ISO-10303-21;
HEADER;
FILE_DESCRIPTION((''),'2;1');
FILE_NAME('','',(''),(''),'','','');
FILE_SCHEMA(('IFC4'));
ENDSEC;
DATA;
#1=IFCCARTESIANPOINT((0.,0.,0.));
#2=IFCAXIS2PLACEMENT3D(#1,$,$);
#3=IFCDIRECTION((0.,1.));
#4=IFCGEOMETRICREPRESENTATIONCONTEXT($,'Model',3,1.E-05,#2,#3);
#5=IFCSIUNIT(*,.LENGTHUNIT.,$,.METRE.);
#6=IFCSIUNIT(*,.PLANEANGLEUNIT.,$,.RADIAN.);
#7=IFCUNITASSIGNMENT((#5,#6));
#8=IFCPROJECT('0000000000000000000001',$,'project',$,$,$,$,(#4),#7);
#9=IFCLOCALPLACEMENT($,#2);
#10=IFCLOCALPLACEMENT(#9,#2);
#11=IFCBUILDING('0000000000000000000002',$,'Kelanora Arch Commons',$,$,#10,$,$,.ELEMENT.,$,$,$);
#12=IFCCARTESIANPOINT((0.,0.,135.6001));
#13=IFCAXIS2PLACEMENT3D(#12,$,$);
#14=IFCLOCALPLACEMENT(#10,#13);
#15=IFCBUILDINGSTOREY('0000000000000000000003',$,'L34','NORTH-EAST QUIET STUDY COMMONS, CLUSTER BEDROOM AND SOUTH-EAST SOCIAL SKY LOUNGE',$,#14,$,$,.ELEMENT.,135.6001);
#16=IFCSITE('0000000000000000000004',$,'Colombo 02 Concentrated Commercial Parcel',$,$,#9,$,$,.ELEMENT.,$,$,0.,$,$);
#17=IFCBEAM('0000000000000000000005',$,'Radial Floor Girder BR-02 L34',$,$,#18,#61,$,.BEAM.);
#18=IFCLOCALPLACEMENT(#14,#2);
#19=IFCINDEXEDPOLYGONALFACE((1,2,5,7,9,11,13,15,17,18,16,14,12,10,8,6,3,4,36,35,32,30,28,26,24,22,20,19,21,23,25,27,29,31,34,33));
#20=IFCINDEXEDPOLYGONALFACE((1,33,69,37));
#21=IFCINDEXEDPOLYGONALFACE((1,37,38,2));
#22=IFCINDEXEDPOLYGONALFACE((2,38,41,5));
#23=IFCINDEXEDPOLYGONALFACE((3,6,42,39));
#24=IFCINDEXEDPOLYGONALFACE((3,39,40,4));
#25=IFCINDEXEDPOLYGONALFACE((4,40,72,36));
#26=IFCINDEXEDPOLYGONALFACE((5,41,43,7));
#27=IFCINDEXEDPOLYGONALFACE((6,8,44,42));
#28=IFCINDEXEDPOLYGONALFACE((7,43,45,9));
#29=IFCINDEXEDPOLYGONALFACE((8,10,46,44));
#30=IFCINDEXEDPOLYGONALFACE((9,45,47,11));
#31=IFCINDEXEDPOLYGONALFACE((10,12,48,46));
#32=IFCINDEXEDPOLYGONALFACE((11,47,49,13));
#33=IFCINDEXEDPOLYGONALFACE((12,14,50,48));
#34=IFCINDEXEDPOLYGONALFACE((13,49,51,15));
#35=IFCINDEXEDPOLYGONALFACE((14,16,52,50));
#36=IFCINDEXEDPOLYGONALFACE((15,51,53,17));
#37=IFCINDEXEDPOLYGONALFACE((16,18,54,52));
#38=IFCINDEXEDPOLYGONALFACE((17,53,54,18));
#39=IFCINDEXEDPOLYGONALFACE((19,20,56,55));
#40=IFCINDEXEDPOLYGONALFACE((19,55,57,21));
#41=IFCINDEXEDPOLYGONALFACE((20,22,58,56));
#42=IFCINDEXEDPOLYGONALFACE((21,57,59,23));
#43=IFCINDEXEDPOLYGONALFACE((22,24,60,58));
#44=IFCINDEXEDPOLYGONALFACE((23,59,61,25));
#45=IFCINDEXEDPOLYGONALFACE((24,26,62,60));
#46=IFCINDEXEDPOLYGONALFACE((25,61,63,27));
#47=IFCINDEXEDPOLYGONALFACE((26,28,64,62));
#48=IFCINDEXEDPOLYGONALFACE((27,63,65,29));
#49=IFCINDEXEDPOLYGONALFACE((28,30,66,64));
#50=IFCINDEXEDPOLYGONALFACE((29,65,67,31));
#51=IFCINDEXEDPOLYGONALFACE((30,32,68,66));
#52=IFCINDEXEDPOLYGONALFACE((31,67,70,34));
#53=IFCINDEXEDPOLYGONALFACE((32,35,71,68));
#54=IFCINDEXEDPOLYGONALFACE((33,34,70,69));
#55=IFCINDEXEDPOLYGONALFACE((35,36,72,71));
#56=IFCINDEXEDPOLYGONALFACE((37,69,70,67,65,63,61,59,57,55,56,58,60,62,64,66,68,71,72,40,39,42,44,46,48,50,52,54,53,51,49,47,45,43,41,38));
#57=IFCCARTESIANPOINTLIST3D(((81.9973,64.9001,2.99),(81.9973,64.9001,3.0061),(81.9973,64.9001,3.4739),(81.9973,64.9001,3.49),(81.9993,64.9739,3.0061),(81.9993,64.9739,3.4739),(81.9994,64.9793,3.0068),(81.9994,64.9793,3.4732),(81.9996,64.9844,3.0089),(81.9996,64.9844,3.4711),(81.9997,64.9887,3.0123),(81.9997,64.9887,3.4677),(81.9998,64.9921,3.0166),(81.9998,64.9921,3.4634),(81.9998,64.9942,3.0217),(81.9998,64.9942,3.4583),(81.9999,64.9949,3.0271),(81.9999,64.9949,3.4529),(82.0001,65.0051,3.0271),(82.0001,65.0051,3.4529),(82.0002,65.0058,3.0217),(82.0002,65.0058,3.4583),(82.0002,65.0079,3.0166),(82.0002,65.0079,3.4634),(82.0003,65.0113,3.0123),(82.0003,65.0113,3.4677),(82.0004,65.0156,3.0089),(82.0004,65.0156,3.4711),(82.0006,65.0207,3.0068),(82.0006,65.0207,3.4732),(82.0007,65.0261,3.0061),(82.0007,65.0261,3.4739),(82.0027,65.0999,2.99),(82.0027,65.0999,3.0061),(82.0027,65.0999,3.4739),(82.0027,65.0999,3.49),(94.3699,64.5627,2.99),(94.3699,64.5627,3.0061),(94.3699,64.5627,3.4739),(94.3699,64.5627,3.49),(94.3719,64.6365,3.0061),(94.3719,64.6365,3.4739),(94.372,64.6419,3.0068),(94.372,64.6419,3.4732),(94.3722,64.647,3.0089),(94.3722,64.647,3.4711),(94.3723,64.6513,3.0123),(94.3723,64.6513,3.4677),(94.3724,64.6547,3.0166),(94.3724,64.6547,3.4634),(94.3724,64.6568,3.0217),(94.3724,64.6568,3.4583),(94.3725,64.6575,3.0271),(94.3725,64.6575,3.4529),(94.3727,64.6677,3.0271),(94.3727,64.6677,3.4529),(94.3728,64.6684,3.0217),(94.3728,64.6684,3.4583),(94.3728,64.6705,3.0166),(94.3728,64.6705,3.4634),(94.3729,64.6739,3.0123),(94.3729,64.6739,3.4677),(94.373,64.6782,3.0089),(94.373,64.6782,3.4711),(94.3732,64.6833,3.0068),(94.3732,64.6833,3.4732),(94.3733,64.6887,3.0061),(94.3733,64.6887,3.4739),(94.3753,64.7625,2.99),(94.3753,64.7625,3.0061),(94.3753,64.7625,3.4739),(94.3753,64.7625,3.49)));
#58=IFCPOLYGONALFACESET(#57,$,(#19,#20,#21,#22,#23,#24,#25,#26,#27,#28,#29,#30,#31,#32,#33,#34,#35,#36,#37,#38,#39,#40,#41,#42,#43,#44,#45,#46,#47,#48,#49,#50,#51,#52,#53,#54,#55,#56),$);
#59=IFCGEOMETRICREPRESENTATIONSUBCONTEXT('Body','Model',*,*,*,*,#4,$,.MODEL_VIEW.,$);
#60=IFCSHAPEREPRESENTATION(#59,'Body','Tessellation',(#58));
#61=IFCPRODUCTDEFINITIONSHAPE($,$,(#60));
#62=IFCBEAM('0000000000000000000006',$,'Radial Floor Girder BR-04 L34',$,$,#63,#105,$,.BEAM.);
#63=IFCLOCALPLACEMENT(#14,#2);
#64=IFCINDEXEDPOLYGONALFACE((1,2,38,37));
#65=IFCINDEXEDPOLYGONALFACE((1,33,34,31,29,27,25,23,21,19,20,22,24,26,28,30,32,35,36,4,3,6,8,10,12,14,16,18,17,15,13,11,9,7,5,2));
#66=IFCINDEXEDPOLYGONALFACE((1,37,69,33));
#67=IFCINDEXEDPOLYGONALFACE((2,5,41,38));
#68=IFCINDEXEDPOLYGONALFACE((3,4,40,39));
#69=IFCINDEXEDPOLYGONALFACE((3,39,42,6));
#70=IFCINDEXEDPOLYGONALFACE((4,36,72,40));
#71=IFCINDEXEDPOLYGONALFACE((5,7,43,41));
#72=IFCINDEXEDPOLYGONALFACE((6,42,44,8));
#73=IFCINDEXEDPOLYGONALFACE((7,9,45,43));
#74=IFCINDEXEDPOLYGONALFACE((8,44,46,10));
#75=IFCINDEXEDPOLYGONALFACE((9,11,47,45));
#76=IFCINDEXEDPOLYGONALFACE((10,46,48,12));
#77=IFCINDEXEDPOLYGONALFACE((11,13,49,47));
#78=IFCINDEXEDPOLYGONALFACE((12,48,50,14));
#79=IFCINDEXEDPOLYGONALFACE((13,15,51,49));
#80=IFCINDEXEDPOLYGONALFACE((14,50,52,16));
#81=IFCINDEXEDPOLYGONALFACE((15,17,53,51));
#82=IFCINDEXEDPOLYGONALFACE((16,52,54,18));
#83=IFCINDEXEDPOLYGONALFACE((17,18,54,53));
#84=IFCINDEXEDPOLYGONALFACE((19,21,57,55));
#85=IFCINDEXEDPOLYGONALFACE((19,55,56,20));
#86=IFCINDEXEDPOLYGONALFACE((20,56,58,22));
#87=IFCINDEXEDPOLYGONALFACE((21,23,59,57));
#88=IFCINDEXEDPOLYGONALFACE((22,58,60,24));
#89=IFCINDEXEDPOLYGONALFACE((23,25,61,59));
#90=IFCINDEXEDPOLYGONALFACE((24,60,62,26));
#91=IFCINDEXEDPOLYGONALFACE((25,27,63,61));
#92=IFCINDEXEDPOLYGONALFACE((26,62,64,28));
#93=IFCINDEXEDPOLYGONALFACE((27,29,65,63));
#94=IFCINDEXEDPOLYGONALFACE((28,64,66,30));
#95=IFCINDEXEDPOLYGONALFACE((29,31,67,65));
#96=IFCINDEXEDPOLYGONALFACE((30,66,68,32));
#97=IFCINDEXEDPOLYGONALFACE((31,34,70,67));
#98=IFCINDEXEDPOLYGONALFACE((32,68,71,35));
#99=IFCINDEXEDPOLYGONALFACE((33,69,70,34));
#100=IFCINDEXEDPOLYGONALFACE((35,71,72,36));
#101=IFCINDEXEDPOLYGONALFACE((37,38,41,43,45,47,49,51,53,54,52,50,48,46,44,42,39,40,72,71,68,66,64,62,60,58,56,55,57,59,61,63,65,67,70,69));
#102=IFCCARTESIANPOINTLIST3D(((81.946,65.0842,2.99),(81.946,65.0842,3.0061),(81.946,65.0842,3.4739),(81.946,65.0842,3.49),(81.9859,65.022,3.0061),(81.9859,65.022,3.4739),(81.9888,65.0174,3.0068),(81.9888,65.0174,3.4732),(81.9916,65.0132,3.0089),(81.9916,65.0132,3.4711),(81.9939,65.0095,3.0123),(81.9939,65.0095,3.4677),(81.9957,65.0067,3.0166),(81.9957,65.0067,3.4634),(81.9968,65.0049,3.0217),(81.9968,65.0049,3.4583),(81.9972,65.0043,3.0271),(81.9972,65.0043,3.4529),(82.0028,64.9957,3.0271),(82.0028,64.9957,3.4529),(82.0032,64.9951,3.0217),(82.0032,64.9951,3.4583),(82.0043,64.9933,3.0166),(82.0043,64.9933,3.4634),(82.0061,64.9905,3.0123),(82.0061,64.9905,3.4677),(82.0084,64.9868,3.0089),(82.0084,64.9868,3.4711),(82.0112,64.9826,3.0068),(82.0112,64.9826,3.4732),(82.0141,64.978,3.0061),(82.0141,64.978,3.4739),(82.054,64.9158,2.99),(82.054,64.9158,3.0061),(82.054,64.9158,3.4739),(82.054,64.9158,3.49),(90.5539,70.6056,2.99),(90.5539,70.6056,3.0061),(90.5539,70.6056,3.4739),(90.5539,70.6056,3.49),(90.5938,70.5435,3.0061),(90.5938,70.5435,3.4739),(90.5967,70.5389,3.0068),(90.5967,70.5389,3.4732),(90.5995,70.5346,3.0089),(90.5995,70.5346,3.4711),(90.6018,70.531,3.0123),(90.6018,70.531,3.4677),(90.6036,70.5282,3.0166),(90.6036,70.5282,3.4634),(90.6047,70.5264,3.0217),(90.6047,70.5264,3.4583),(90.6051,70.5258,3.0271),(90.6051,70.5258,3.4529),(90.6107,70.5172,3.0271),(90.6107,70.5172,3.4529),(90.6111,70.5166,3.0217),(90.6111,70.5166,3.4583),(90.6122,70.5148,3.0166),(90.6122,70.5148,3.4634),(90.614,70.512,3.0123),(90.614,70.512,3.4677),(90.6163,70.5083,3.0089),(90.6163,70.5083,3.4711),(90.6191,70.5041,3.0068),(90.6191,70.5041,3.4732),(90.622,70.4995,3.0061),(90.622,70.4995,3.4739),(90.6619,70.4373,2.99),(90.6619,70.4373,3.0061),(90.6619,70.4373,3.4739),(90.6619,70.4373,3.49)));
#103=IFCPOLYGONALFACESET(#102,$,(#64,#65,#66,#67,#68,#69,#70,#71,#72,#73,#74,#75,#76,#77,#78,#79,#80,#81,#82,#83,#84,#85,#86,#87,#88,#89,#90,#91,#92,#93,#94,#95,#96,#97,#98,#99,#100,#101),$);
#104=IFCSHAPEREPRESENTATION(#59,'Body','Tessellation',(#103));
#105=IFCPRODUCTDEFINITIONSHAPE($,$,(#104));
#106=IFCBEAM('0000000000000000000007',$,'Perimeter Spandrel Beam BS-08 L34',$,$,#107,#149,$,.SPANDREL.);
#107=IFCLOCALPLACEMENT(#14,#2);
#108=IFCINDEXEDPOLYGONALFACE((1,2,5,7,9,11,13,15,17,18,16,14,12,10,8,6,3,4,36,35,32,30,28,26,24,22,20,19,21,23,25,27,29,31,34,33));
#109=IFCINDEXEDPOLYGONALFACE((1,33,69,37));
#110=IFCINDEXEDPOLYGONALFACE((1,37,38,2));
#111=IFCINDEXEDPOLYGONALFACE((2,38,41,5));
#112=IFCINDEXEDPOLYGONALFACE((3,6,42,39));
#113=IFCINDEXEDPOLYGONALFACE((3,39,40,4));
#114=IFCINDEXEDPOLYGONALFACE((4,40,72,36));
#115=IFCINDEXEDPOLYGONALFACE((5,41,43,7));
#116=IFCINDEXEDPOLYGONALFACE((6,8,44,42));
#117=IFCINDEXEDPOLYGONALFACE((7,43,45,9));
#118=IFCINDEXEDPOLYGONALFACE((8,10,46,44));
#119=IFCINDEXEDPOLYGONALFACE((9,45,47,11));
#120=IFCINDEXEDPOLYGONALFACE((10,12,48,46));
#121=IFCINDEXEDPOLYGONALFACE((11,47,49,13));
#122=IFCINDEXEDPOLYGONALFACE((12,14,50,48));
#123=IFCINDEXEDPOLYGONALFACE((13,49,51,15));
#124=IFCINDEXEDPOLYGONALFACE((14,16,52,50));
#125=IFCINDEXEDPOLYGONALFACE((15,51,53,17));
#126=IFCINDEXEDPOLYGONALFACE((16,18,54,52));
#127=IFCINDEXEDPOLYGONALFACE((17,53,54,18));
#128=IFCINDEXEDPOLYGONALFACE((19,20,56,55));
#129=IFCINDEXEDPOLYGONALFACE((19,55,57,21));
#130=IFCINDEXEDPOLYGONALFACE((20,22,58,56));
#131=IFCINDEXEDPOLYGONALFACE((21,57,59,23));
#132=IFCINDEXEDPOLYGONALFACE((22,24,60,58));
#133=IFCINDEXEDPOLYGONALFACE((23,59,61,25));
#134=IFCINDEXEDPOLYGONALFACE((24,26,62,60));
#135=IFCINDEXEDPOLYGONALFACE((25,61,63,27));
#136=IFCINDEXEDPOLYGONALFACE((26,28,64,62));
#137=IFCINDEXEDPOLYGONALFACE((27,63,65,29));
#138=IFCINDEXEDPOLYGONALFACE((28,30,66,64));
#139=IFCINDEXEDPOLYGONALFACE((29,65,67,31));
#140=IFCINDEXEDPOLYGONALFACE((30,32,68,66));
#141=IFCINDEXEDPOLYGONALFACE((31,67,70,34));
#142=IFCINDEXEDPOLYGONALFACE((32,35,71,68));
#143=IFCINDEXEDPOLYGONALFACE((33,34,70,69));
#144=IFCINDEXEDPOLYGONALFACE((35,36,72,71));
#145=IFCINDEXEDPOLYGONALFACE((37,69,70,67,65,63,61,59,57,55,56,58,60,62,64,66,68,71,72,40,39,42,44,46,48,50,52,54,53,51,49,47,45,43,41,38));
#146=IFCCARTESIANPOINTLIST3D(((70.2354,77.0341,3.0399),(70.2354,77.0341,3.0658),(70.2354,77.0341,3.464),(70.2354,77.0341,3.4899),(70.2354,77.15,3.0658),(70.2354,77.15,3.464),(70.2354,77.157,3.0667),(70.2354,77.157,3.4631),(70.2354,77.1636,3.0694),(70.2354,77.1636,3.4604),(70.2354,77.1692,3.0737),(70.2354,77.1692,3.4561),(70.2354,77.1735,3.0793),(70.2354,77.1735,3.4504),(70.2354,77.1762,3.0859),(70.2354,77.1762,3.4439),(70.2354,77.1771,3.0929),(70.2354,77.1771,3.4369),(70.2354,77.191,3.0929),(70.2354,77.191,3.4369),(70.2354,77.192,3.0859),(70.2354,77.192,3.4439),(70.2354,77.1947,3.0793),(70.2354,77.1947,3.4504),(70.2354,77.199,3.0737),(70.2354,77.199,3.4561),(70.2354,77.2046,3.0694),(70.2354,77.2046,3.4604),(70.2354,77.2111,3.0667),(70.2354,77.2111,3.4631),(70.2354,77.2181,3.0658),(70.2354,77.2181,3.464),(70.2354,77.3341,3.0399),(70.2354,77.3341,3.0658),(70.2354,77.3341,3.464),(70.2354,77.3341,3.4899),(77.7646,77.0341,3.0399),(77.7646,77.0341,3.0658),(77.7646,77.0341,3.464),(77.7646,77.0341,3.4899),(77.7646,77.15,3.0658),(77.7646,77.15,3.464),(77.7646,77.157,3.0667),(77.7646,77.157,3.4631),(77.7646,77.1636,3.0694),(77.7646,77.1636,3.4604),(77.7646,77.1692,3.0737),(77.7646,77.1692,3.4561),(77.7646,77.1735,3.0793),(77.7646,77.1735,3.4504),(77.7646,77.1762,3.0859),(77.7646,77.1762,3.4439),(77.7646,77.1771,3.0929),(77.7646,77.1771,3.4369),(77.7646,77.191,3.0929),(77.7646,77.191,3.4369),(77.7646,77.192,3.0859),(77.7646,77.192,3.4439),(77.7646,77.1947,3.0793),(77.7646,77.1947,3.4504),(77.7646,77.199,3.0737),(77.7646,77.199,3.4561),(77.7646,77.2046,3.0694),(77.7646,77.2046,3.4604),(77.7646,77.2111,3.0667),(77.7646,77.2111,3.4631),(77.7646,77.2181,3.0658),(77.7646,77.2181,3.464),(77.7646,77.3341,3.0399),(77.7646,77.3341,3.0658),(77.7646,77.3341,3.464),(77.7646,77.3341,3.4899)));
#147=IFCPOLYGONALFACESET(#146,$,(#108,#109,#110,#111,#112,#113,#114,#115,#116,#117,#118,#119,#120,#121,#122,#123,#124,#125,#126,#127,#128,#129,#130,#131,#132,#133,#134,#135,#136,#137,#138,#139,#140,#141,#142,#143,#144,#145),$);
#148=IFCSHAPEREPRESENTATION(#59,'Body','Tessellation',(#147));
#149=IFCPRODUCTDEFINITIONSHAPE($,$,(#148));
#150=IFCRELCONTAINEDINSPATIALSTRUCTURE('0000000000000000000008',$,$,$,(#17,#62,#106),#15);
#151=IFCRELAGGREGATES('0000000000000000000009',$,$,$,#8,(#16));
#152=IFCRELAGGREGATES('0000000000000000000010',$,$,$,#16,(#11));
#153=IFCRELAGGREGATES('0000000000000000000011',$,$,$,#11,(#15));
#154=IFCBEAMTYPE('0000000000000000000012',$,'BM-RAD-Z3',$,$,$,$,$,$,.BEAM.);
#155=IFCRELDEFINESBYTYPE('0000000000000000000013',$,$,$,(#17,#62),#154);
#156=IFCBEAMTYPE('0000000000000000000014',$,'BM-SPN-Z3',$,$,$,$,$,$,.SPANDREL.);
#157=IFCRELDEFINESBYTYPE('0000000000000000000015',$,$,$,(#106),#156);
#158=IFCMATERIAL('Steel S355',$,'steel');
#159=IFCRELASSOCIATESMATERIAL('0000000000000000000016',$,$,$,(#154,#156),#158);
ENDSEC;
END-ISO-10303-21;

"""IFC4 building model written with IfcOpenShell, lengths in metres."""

from ifc_helpers import new_model, si_unit, direction, frame, origin, origin_2d, place, context, subcontext, project, spatial, i_section, extrude, material, material_profile, profile_set, type_object, element, save


model = new_model("IFC4")

# Units and contexts
model_context = context("Model", 3, precision=1e-05, world=origin(), true_north=direction((0.0, 1.0)))
body_context = subcontext(model_context, "Body", "Model", "MODEL_VIEW")
ifc_project = project(units=[si_unit("LENGTHUNIT", "METRE"), si_unit("PLANEANGLEUNIT", "RADIAN")], contexts=[model_context])

# Site, building, storey
site_placement = place(None, origin())
site = spatial("IfcSite", under=ifc_project, at=site_placement, Name="Colombo 02 Concentrated Commercial Parcel", CompositionType="ELEMENT", RefElevation=0.0)
building_placement = place(site_placement, origin())
building = spatial("IfcBuilding", under=site, at=building_placement, Name="Kelanora Arch Commons", CompositionType="ELEMENT")
storey_placement = place(building_placement, frame((0.0, 0.0, 135.6001)))
storey = spatial("IfcBuildingStorey", under=building, at=storey_placement, Name="L34", Description="NORTH-EAST QUIET STUDY COMMONS, CLUSTER BEDROOM AND SOUTH-EAST SOCIAL SKY LOUNGE", CompositionType="ELEMENT", Elevation=135.6001)

# Beams
ifc_material_1 = material(Name="Steel S355", Category="steel")
ifc_material_profile_1 = material_profile(ifc_material_1, i_section(OverallWidth=0.2, OverallDepth=0.5, WebThickness=0.0103, FlangeThickness=0.0161, FilletRadius=0.021, at=origin_2d()), Name="IPE500")
ifc_profile_set_1 = profile_set([ifc_material_profile_1], Name="Steel S355")
beam_type_1 = type_object("IfcBeamType", Name="BM-RAD-Z3", PredefinedType="BEAM", material=ifc_profile_set_1)
beam_1_placement = place(storey_placement, frame((82.0, 65.0, 3.24), z_axis=(0.999628, -0.02726, 0.0), x_axis=(0.02726, 0.999628, 0.0)))
element("IfcBeam", 1, at=beam_1_placement, inside=storey, type_object=beam_type_1, Name="Radial Floor Girder BR-02 L34", PredefinedType="BEAM", context=body_context, shape_type="SweptSolid", body=[
    extrude(i_section(OverallWidth=0.2, OverallDepth=0.5, WebThickness=0.0103, FlangeThickness=0.0161, FilletRadius=0.021, at=origin_2d()), origin(), (0.0, 0.0, 1.0), 12.3772),
])
beam_2_placement = place(storey_placement, frame((82.0, 65.0, 3.24), z_axis=(0.841719, 0.539915, 0.0), x_axis=(-0.539915, 0.841719, 0.0)))
element("IfcBeam", 2, at=beam_2_placement, inside=storey, type_object=beam_type_1, Name="Radial Floor Girder BR-04 L34", PredefinedType="BEAM", context=body_context, shape_type="SweptSolid", body=[
    extrude(i_section(OverallWidth=0.2, OverallDepth=0.5, WebThickness=0.0103, FlangeThickness=0.0161, FilletRadius=0.021, at=origin_2d()), origin(), (0.0, 0.0, 1.0), 10.2266),
])
ifc_material_profile_2 = material_profile(ifc_material_1, i_section(OverallWidth=0.3, OverallDepth=0.45, WebThickness=0.0139, FlangeThickness=0.0259, FilletRadius=0.0271, at=origin_2d()), Name="HEB450")
ifc_profile_set_2 = profile_set([ifc_material_profile_2], Name="Steel S355")
beam_type_2 = type_object("IfcBeamType", Name="BM-SPN-Z3", PredefinedType="SPANDREL", material=ifc_profile_set_2)
beam_3_placement = place(storey_placement, frame((77.7646, 77.1841, 3.2649), z_axis=(-1.0, 0.0, 0.0), x_axis=(0.0, -1.0, 0.0)))
element("IfcBeam", 3, at=beam_3_placement, inside=storey, type_object=beam_type_2, Name="Perimeter Spandrel Beam BS-08 L34", PredefinedType="SPANDREL", context=body_context, shape_type="SweptSolid", body=[
    extrude(i_section(OverallWidth=0.3, OverallDepth=0.45, WebThickness=0.0139, FlangeThickness=0.0259, FilletRadius=0.0271, at=origin_2d()), origin(), (0.0, 0.0, 1.0), 7.5293),
])

save(model, "model.ifc")
